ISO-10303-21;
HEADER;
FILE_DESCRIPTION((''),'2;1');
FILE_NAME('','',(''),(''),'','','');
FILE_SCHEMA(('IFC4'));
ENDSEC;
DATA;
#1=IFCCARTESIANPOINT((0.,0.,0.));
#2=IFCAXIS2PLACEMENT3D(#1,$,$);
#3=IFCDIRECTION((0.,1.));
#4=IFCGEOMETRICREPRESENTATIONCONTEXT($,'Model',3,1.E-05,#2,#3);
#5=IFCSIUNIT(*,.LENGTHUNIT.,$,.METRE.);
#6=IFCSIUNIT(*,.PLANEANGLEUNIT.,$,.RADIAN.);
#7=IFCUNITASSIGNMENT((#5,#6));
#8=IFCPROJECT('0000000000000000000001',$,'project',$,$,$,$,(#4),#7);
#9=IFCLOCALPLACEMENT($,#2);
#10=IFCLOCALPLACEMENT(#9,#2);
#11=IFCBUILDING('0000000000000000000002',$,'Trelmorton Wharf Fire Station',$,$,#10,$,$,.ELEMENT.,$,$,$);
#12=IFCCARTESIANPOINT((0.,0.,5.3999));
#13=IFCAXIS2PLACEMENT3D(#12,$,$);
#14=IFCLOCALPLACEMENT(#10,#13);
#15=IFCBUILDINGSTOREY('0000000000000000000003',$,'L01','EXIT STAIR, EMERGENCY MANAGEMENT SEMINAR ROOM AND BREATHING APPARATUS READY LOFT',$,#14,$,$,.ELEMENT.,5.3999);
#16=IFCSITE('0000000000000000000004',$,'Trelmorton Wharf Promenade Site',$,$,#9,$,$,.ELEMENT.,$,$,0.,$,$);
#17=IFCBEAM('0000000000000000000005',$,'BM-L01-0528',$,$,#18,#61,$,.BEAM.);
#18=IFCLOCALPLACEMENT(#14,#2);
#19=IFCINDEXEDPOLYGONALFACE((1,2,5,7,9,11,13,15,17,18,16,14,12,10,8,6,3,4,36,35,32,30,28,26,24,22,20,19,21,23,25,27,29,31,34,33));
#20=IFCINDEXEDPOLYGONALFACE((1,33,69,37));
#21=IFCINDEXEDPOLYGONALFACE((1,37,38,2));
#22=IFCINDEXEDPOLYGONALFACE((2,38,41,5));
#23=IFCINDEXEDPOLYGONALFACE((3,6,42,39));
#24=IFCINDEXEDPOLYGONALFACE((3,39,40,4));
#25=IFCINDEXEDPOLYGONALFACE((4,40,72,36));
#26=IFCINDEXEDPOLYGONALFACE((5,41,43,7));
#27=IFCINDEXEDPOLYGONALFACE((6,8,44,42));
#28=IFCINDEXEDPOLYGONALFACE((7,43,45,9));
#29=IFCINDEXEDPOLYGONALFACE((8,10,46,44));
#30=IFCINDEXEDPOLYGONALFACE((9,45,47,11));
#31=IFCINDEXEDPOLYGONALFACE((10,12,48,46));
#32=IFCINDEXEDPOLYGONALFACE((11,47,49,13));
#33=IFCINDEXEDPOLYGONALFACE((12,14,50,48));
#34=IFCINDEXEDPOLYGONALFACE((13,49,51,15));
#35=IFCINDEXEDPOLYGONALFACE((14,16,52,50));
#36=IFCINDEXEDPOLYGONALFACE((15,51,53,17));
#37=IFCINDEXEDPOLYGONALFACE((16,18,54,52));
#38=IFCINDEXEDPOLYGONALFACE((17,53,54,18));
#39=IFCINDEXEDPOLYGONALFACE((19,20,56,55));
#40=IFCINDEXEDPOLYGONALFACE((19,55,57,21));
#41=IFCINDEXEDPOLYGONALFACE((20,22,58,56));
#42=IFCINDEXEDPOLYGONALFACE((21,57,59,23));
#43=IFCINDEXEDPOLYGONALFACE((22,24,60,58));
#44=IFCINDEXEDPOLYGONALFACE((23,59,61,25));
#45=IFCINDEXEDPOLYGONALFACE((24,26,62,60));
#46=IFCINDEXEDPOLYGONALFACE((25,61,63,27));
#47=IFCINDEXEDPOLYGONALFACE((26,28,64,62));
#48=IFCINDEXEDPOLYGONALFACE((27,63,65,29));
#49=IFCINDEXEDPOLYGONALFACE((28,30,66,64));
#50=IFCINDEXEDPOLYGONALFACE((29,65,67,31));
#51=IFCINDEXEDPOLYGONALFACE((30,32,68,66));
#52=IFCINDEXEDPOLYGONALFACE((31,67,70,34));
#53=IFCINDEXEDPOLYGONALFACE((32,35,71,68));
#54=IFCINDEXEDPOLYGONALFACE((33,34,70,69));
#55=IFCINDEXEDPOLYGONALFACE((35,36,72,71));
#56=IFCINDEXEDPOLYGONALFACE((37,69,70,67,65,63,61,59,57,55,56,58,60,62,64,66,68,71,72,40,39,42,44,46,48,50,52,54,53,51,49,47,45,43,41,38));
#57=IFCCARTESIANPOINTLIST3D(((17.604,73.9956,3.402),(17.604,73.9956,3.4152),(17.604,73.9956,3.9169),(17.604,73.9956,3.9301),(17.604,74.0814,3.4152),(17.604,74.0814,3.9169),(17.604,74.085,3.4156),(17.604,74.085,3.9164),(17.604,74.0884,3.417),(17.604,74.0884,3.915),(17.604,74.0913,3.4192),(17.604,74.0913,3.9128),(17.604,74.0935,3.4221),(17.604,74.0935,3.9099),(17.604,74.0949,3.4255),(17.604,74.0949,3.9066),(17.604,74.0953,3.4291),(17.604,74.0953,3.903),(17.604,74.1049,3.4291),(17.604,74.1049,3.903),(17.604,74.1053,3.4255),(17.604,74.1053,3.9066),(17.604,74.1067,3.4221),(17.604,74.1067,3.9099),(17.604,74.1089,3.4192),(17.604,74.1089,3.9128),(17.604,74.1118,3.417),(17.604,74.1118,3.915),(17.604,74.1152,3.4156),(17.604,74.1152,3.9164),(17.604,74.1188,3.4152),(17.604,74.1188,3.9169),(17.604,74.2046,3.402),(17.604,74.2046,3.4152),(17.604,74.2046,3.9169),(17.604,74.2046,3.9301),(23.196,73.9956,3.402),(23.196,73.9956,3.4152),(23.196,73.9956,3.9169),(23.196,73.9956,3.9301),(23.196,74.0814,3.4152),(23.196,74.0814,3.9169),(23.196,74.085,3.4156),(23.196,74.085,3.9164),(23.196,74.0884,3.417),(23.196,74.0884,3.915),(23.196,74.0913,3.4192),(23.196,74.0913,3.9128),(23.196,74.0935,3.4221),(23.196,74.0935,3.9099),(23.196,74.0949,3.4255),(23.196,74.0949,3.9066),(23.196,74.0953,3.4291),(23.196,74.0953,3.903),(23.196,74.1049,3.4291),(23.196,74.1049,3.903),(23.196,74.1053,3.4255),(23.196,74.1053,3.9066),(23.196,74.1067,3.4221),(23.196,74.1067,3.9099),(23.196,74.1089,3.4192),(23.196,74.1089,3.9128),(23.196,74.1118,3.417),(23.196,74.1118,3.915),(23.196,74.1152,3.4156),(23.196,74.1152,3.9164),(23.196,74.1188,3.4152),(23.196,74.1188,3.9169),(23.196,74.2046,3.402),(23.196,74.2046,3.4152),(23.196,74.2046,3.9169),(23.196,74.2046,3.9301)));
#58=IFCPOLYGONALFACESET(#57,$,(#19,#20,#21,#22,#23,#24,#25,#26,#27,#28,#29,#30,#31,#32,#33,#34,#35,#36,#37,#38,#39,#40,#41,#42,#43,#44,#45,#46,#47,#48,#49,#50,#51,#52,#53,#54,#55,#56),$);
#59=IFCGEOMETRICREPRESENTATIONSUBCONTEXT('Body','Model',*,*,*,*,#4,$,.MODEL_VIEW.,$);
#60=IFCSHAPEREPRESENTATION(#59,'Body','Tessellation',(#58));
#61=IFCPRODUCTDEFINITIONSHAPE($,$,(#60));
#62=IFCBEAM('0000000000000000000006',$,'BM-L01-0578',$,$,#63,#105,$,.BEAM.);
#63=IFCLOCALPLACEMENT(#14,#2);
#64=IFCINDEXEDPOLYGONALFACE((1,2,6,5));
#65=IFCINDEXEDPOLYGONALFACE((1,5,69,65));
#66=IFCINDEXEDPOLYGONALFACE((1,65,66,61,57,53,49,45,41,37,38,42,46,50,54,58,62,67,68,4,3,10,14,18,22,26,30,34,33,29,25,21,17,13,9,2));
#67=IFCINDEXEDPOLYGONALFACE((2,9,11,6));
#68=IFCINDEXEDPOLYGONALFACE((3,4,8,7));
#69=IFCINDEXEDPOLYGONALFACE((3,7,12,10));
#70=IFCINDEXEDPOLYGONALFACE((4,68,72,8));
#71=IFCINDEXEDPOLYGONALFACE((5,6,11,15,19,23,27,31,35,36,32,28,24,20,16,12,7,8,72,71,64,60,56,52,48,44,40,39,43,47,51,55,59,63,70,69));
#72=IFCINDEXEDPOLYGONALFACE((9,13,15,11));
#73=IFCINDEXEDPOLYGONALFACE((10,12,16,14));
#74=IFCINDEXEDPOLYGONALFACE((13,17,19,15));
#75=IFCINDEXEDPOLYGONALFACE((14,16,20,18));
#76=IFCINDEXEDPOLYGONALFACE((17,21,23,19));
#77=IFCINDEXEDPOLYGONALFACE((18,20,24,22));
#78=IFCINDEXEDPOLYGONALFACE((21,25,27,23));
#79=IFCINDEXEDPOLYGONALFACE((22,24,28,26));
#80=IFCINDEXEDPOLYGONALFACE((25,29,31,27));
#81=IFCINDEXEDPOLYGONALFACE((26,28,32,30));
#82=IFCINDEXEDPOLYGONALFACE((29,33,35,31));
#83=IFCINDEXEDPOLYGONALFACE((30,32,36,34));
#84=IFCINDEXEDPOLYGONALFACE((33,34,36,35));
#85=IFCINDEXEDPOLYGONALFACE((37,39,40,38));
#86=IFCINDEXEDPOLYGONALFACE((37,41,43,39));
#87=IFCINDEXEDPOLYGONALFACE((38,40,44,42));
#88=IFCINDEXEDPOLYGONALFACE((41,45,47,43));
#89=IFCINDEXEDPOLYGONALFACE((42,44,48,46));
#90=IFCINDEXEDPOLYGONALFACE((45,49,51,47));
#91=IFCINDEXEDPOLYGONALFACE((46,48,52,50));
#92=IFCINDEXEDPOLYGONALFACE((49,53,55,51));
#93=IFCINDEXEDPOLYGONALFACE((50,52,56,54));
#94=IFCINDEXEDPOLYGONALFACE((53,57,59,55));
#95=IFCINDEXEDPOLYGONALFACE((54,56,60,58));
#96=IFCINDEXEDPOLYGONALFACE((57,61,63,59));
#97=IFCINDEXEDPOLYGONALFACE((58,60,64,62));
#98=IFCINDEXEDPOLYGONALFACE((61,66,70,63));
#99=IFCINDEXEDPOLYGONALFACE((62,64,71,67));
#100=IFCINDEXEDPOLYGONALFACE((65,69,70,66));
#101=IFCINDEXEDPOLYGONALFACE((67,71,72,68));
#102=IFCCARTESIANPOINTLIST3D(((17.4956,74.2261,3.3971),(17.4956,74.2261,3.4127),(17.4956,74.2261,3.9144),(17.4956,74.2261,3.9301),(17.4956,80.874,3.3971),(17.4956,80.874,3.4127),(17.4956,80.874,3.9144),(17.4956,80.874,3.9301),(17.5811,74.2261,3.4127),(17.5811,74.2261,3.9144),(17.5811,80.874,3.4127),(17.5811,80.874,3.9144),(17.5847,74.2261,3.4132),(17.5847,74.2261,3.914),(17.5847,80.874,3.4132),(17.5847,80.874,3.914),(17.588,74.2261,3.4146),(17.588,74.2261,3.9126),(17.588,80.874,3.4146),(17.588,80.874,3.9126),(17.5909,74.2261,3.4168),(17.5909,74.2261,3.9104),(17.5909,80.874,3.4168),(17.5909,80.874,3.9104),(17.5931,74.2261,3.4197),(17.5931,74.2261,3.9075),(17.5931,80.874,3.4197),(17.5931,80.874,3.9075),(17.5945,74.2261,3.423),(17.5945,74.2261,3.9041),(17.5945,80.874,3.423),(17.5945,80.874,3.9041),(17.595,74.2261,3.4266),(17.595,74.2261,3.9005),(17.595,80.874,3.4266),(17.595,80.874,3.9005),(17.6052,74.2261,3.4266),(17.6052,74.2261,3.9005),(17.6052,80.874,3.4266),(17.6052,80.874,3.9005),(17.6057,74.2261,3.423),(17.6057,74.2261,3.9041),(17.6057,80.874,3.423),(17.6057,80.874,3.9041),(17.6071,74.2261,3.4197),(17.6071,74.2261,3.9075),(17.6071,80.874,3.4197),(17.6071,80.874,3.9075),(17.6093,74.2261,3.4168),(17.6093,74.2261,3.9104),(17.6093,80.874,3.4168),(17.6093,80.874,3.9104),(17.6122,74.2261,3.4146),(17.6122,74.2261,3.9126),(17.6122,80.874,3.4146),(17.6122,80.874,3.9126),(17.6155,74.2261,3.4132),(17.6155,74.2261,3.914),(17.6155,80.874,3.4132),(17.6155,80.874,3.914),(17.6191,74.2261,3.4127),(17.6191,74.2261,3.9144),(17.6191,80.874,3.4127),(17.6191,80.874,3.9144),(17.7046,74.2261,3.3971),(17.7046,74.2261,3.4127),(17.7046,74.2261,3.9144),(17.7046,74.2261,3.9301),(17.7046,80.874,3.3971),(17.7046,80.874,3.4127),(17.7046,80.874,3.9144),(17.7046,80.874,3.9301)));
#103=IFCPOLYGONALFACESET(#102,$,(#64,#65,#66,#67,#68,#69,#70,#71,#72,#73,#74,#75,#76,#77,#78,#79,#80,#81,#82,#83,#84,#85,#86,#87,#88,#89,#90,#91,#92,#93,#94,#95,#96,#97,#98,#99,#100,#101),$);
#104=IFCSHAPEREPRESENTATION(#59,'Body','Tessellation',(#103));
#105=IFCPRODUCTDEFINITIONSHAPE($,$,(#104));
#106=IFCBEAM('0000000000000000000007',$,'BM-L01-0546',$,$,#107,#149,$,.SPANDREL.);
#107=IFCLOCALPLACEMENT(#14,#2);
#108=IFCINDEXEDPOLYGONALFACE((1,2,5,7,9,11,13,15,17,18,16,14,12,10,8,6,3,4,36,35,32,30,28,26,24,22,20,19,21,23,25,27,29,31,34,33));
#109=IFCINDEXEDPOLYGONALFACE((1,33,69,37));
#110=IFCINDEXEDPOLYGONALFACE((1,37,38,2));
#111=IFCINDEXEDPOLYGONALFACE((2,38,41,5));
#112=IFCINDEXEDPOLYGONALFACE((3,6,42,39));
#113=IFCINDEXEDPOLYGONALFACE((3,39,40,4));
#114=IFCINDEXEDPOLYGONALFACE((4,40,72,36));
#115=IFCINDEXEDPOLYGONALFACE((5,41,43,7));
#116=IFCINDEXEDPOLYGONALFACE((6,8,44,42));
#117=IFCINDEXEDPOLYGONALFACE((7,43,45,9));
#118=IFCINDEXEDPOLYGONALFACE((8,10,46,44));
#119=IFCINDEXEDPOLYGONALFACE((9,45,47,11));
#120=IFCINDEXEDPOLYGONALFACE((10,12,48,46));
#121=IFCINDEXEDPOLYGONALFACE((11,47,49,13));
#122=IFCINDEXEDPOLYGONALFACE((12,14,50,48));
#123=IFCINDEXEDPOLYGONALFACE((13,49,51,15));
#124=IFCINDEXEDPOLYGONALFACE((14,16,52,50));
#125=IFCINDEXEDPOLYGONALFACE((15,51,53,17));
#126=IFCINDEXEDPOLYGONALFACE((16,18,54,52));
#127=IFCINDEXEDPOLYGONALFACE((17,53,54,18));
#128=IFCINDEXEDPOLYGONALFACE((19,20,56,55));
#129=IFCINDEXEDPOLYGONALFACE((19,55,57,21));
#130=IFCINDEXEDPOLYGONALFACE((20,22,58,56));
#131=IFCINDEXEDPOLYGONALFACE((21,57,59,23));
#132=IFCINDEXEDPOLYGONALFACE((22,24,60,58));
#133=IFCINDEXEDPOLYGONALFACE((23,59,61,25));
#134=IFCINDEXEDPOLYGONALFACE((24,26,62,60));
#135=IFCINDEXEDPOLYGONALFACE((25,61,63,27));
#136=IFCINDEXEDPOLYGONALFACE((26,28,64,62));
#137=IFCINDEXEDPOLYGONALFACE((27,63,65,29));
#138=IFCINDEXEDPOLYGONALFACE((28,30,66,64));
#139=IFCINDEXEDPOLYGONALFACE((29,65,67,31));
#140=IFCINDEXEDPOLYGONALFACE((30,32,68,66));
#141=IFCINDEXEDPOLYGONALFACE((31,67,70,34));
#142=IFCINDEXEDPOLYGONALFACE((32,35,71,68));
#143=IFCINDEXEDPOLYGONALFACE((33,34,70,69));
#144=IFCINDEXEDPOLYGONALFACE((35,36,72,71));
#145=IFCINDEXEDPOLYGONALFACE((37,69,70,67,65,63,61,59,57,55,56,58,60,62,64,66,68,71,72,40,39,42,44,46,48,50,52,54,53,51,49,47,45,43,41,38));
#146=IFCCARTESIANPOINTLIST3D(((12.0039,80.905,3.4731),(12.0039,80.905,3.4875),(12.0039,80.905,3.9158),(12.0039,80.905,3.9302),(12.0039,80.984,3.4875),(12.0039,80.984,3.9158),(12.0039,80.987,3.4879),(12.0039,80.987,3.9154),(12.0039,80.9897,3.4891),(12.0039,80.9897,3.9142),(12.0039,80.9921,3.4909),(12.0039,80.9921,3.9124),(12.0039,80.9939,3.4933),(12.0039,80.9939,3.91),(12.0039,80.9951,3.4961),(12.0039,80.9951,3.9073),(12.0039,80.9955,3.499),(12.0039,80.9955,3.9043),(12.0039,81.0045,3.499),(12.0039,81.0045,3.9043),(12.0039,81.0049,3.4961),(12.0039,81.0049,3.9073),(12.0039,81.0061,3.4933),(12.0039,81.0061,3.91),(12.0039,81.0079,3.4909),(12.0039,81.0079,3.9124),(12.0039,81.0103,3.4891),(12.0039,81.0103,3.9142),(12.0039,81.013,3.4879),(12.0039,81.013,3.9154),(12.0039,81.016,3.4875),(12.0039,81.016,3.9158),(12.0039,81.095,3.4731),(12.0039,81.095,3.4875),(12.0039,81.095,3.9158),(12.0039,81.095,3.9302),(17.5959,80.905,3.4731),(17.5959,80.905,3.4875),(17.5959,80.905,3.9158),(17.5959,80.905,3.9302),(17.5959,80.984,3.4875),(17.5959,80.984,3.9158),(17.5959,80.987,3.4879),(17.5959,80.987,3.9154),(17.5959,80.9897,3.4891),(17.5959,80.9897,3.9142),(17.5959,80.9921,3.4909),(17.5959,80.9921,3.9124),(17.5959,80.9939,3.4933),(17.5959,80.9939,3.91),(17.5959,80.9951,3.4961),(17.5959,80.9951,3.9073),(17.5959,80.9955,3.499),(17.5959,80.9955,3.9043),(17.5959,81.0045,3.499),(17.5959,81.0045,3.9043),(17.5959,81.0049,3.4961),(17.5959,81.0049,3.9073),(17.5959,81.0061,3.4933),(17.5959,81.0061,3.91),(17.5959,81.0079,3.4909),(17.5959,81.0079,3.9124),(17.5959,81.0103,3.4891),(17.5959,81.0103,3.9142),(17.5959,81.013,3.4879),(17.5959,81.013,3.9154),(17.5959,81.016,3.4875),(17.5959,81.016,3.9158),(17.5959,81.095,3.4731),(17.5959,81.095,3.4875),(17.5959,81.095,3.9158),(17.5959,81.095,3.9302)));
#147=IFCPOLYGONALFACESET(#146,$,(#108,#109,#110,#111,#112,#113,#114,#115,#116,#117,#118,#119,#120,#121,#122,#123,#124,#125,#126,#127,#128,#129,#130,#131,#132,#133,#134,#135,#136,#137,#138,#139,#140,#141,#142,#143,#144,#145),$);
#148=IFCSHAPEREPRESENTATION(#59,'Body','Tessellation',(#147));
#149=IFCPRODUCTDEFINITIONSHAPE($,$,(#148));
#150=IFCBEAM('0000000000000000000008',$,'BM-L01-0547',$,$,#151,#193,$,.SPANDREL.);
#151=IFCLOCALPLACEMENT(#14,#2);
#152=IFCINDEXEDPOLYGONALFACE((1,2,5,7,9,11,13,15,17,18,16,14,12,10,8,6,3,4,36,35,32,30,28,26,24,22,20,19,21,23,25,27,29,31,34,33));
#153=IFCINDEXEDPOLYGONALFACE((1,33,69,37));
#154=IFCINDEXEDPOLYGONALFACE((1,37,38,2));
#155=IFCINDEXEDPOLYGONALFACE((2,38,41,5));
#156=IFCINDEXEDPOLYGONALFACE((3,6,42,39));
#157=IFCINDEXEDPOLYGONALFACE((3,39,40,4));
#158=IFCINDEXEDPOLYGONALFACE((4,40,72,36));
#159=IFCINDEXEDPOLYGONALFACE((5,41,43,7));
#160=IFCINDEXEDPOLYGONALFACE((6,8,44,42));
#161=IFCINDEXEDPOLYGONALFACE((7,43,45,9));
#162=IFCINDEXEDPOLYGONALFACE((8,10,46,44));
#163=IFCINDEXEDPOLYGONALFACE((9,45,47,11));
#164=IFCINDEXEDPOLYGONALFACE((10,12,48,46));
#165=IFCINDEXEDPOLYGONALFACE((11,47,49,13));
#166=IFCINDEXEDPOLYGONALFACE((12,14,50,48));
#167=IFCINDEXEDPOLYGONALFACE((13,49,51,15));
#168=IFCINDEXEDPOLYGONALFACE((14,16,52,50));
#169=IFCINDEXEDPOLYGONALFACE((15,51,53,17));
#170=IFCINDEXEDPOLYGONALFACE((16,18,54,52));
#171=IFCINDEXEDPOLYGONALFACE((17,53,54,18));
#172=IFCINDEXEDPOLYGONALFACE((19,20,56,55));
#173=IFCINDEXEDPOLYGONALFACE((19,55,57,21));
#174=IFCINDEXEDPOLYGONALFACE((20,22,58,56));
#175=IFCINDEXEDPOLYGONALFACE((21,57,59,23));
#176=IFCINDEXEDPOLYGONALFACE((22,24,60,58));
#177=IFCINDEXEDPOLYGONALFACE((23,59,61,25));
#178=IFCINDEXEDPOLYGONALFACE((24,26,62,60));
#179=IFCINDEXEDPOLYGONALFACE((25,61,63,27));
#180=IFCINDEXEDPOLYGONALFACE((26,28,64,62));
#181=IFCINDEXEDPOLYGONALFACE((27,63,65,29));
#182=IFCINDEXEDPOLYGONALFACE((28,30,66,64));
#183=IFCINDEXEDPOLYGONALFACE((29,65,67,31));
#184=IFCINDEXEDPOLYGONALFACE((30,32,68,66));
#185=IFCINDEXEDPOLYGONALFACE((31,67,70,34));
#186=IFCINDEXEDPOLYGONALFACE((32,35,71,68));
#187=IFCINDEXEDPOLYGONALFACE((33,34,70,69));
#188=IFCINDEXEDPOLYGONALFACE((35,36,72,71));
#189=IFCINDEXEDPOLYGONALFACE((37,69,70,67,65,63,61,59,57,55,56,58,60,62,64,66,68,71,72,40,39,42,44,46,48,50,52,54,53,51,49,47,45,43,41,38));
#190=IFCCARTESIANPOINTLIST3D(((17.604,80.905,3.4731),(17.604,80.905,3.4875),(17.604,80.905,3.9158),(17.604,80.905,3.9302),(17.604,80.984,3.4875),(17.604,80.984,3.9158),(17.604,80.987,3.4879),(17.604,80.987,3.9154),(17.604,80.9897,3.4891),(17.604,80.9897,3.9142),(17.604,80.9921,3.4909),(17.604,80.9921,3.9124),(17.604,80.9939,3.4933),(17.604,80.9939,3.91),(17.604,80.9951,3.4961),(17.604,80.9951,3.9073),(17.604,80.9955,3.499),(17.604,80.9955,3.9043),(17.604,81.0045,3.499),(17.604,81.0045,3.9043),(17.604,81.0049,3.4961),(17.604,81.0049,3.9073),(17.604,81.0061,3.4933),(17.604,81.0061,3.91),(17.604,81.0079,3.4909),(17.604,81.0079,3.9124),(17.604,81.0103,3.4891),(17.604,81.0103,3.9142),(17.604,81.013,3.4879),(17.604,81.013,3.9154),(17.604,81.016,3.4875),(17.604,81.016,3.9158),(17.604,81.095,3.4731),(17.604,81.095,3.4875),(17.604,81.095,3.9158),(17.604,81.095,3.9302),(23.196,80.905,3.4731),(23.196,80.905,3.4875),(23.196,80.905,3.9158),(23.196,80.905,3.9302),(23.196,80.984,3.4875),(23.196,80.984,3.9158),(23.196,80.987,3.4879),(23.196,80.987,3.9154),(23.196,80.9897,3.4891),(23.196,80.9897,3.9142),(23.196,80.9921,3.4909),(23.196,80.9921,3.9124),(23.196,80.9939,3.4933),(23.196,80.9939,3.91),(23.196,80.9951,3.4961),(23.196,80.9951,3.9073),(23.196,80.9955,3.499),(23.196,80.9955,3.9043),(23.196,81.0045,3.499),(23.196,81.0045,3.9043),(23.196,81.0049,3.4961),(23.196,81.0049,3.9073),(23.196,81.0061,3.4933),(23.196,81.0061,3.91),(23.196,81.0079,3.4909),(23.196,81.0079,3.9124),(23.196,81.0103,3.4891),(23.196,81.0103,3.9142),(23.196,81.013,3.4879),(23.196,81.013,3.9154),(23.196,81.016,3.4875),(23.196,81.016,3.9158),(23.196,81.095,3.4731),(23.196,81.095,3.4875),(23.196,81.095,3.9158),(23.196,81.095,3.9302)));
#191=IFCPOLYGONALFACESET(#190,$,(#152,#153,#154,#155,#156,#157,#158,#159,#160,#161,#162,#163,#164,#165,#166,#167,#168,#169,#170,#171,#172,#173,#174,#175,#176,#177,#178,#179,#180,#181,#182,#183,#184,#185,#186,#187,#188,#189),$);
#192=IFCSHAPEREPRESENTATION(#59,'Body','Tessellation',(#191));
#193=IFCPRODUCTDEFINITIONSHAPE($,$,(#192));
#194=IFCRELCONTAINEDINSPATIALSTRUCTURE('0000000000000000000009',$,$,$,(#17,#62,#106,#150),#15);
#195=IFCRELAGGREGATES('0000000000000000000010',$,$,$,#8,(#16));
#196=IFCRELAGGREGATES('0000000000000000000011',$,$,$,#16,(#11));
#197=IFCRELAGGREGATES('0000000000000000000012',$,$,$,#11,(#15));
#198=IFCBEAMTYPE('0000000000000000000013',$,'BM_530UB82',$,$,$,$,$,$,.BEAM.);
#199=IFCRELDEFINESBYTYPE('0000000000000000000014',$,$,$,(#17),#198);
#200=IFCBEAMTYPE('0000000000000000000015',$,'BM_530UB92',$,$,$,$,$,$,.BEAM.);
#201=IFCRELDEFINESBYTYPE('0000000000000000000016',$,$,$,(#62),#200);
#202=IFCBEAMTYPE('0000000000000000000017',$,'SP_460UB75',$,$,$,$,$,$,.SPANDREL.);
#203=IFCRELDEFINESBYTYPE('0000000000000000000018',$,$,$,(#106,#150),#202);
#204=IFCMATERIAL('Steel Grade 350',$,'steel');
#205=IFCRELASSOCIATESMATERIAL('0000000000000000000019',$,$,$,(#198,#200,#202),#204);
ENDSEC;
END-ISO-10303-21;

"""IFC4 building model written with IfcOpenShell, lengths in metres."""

from ifc_helpers import new_model, si_unit, direction, frame, origin, origin_2d, place, context, subcontext, project, spatial, i_section, extrude, material, material_profile, profile_set, type_object, element, save


model = new_model("IFC4")

# Units and contexts
model_context = context("Model", 3, precision=1e-05, world=origin(), true_north=direction((0.0, 1.0)))
body_context = subcontext(model_context, "Body", "Model", "MODEL_VIEW")
ifc_project = project(units=[si_unit("LENGTHUNIT", "METRE"), si_unit("PLANEANGLEUNIT", "RADIAN")], contexts=[model_context])

# Site, building, storey
site_placement = place(None, origin())
site = spatial("IfcSite", under=ifc_project, at=site_placement, Name="Trelmorton Wharf Promenade Site", CompositionType="ELEMENT", RefElevation=0.0)
building_placement = place(site_placement, origin())
building = spatial("IfcBuilding", under=site, at=building_placement, Name="Trelmorton Wharf Fire Station", CompositionType="ELEMENT")
storey_placement = place(building_placement, frame((0.0, 0.0, 5.3999)))
storey = spatial("IfcBuildingStorey", under=building, at=storey_placement, Name="L01", Description="EXIT STAIR, EMERGENCY MANAGEMENT SEMINAR ROOM AND BREATHING APPARATUS READY LOFT", CompositionType="ELEMENT", Elevation=5.3999)

# Shared definitions
ifc_material_1 = material(Name="Steel Grade 350", Category="steel")

# Beams
ifc_material_profile_1 = material_profile(ifc_material_1, i_section(OverallWidth=0.209, OverallDepth=0.5281, WebThickness=0.0095, FlangeThickness=0.0132, FilletRadius=0.0139, at=origin_2d()), Name="530UB82.0")
ifc_profile_set_1 = profile_set([ifc_material_profile_1], Name="Steel Grade 350")
beam_type_1 = type_object("IfcBeamType", Name="BM_530UB82", PredefinedType="BEAM", material=ifc_profile_set_1)
for number, where, z_axis, x_axis, name in (
    (1, (17.604, 74.1001, 3.666), (1.0, 0.0, 0.0), (0.0, 1.0, 0.0), "BM-L01-0528"),
):
    element("IfcBeam", number, at=place(storey_placement, frame(where, z_axis=z_axis, x_axis=x_axis)), inside=storey, type_object=beam_type_1, Name=name, PredefinedType="BEAM", context=body_context, shape_type="SweptSolid", body=[
        extrude(i_section(OverallWidth=0.209, OverallDepth=0.5281, WebThickness=0.0095, FlangeThickness=0.0132, FilletRadius=0.0139, at=origin_2d()), origin(), (0.0, 0.0, 1.0), 5.592),
    ])
ifc_material_profile_2 = material_profile(ifc_material_1, i_section(OverallWidth=0.209, OverallDepth=0.533, WebThickness=0.0103, FlangeThickness=0.0156, FilletRadius=0.0139, at=origin_2d()), Name="530UB92.4")
ifc_profile_set_2 = profile_set([ifc_material_profile_2], Name="Steel Grade 350")
beam_type_2 = type_object("IfcBeamType", Name="BM_530UB92", PredefinedType="BEAM", material=ifc_profile_set_2)
beam_placement = place(storey_placement, frame((17.6001, 74.2261, 3.6636), z_axis=(0.0, 1.0, 0.0), x_axis=(-1.0, 0.0, 0.0)))
element("IfcBeam", 2, at=beam_placement, inside=storey, type_object=beam_type_2, Name="BM-L01-0578", PredefinedType="BEAM", context=body_context, shape_type="SweptSolid", body=[
    extrude(i_section(OverallWidth=0.209, OverallDepth=0.533, WebThickness=0.0103, FlangeThickness=0.0156, FilletRadius=0.0139, at=origin_2d()), origin(), (0.0, 0.0, 1.0), 6.6479),
])
ifc_material_profile_3 = material_profile(ifc_material_1, i_section(OverallWidth=0.1899, OverallDepth=0.457, WebThickness=0.009, FlangeThickness=0.0144, FilletRadius=0.0115, at=origin_2d()), Name="460UB74.6")
ifc_profile_set_3 = profile_set([ifc_material_profile_3], Name="Steel Grade 350")
beam_type_3 = type_object("IfcBeamType", Name="SP_460UB75", PredefinedType="SPANDREL", material=ifc_profile_set_3)
for number, where, z_axis, x_axis, name in (
    (3, (12.0039, 81.0, 3.7017), (1.0, 0.0, 0.0), (0.0, 1.0, 0.0), "BM-L01-0546"),
    (4, (17.604, 81.0, 3.7017), (1.0, 0.0, 0.0), (0.0, 1.0, 0.0), "BM-L01-0547"),
):
    element("IfcBeam", number, at=place(storey_placement, frame(where, z_axis=z_axis, x_axis=x_axis)), inside=storey, type_object=beam_type_3, Name=name, PredefinedType="SPANDREL", context=body_context, shape_type="SweptSolid", body=[
        extrude(i_section(OverallWidth=0.1899, OverallDepth=0.457, WebThickness=0.009, FlangeThickness=0.0144, FilletRadius=0.0115, at=origin_2d()), origin(), (0.0, 0.0, 1.0), 5.592),
    ])

save(model, "model.ifc")
